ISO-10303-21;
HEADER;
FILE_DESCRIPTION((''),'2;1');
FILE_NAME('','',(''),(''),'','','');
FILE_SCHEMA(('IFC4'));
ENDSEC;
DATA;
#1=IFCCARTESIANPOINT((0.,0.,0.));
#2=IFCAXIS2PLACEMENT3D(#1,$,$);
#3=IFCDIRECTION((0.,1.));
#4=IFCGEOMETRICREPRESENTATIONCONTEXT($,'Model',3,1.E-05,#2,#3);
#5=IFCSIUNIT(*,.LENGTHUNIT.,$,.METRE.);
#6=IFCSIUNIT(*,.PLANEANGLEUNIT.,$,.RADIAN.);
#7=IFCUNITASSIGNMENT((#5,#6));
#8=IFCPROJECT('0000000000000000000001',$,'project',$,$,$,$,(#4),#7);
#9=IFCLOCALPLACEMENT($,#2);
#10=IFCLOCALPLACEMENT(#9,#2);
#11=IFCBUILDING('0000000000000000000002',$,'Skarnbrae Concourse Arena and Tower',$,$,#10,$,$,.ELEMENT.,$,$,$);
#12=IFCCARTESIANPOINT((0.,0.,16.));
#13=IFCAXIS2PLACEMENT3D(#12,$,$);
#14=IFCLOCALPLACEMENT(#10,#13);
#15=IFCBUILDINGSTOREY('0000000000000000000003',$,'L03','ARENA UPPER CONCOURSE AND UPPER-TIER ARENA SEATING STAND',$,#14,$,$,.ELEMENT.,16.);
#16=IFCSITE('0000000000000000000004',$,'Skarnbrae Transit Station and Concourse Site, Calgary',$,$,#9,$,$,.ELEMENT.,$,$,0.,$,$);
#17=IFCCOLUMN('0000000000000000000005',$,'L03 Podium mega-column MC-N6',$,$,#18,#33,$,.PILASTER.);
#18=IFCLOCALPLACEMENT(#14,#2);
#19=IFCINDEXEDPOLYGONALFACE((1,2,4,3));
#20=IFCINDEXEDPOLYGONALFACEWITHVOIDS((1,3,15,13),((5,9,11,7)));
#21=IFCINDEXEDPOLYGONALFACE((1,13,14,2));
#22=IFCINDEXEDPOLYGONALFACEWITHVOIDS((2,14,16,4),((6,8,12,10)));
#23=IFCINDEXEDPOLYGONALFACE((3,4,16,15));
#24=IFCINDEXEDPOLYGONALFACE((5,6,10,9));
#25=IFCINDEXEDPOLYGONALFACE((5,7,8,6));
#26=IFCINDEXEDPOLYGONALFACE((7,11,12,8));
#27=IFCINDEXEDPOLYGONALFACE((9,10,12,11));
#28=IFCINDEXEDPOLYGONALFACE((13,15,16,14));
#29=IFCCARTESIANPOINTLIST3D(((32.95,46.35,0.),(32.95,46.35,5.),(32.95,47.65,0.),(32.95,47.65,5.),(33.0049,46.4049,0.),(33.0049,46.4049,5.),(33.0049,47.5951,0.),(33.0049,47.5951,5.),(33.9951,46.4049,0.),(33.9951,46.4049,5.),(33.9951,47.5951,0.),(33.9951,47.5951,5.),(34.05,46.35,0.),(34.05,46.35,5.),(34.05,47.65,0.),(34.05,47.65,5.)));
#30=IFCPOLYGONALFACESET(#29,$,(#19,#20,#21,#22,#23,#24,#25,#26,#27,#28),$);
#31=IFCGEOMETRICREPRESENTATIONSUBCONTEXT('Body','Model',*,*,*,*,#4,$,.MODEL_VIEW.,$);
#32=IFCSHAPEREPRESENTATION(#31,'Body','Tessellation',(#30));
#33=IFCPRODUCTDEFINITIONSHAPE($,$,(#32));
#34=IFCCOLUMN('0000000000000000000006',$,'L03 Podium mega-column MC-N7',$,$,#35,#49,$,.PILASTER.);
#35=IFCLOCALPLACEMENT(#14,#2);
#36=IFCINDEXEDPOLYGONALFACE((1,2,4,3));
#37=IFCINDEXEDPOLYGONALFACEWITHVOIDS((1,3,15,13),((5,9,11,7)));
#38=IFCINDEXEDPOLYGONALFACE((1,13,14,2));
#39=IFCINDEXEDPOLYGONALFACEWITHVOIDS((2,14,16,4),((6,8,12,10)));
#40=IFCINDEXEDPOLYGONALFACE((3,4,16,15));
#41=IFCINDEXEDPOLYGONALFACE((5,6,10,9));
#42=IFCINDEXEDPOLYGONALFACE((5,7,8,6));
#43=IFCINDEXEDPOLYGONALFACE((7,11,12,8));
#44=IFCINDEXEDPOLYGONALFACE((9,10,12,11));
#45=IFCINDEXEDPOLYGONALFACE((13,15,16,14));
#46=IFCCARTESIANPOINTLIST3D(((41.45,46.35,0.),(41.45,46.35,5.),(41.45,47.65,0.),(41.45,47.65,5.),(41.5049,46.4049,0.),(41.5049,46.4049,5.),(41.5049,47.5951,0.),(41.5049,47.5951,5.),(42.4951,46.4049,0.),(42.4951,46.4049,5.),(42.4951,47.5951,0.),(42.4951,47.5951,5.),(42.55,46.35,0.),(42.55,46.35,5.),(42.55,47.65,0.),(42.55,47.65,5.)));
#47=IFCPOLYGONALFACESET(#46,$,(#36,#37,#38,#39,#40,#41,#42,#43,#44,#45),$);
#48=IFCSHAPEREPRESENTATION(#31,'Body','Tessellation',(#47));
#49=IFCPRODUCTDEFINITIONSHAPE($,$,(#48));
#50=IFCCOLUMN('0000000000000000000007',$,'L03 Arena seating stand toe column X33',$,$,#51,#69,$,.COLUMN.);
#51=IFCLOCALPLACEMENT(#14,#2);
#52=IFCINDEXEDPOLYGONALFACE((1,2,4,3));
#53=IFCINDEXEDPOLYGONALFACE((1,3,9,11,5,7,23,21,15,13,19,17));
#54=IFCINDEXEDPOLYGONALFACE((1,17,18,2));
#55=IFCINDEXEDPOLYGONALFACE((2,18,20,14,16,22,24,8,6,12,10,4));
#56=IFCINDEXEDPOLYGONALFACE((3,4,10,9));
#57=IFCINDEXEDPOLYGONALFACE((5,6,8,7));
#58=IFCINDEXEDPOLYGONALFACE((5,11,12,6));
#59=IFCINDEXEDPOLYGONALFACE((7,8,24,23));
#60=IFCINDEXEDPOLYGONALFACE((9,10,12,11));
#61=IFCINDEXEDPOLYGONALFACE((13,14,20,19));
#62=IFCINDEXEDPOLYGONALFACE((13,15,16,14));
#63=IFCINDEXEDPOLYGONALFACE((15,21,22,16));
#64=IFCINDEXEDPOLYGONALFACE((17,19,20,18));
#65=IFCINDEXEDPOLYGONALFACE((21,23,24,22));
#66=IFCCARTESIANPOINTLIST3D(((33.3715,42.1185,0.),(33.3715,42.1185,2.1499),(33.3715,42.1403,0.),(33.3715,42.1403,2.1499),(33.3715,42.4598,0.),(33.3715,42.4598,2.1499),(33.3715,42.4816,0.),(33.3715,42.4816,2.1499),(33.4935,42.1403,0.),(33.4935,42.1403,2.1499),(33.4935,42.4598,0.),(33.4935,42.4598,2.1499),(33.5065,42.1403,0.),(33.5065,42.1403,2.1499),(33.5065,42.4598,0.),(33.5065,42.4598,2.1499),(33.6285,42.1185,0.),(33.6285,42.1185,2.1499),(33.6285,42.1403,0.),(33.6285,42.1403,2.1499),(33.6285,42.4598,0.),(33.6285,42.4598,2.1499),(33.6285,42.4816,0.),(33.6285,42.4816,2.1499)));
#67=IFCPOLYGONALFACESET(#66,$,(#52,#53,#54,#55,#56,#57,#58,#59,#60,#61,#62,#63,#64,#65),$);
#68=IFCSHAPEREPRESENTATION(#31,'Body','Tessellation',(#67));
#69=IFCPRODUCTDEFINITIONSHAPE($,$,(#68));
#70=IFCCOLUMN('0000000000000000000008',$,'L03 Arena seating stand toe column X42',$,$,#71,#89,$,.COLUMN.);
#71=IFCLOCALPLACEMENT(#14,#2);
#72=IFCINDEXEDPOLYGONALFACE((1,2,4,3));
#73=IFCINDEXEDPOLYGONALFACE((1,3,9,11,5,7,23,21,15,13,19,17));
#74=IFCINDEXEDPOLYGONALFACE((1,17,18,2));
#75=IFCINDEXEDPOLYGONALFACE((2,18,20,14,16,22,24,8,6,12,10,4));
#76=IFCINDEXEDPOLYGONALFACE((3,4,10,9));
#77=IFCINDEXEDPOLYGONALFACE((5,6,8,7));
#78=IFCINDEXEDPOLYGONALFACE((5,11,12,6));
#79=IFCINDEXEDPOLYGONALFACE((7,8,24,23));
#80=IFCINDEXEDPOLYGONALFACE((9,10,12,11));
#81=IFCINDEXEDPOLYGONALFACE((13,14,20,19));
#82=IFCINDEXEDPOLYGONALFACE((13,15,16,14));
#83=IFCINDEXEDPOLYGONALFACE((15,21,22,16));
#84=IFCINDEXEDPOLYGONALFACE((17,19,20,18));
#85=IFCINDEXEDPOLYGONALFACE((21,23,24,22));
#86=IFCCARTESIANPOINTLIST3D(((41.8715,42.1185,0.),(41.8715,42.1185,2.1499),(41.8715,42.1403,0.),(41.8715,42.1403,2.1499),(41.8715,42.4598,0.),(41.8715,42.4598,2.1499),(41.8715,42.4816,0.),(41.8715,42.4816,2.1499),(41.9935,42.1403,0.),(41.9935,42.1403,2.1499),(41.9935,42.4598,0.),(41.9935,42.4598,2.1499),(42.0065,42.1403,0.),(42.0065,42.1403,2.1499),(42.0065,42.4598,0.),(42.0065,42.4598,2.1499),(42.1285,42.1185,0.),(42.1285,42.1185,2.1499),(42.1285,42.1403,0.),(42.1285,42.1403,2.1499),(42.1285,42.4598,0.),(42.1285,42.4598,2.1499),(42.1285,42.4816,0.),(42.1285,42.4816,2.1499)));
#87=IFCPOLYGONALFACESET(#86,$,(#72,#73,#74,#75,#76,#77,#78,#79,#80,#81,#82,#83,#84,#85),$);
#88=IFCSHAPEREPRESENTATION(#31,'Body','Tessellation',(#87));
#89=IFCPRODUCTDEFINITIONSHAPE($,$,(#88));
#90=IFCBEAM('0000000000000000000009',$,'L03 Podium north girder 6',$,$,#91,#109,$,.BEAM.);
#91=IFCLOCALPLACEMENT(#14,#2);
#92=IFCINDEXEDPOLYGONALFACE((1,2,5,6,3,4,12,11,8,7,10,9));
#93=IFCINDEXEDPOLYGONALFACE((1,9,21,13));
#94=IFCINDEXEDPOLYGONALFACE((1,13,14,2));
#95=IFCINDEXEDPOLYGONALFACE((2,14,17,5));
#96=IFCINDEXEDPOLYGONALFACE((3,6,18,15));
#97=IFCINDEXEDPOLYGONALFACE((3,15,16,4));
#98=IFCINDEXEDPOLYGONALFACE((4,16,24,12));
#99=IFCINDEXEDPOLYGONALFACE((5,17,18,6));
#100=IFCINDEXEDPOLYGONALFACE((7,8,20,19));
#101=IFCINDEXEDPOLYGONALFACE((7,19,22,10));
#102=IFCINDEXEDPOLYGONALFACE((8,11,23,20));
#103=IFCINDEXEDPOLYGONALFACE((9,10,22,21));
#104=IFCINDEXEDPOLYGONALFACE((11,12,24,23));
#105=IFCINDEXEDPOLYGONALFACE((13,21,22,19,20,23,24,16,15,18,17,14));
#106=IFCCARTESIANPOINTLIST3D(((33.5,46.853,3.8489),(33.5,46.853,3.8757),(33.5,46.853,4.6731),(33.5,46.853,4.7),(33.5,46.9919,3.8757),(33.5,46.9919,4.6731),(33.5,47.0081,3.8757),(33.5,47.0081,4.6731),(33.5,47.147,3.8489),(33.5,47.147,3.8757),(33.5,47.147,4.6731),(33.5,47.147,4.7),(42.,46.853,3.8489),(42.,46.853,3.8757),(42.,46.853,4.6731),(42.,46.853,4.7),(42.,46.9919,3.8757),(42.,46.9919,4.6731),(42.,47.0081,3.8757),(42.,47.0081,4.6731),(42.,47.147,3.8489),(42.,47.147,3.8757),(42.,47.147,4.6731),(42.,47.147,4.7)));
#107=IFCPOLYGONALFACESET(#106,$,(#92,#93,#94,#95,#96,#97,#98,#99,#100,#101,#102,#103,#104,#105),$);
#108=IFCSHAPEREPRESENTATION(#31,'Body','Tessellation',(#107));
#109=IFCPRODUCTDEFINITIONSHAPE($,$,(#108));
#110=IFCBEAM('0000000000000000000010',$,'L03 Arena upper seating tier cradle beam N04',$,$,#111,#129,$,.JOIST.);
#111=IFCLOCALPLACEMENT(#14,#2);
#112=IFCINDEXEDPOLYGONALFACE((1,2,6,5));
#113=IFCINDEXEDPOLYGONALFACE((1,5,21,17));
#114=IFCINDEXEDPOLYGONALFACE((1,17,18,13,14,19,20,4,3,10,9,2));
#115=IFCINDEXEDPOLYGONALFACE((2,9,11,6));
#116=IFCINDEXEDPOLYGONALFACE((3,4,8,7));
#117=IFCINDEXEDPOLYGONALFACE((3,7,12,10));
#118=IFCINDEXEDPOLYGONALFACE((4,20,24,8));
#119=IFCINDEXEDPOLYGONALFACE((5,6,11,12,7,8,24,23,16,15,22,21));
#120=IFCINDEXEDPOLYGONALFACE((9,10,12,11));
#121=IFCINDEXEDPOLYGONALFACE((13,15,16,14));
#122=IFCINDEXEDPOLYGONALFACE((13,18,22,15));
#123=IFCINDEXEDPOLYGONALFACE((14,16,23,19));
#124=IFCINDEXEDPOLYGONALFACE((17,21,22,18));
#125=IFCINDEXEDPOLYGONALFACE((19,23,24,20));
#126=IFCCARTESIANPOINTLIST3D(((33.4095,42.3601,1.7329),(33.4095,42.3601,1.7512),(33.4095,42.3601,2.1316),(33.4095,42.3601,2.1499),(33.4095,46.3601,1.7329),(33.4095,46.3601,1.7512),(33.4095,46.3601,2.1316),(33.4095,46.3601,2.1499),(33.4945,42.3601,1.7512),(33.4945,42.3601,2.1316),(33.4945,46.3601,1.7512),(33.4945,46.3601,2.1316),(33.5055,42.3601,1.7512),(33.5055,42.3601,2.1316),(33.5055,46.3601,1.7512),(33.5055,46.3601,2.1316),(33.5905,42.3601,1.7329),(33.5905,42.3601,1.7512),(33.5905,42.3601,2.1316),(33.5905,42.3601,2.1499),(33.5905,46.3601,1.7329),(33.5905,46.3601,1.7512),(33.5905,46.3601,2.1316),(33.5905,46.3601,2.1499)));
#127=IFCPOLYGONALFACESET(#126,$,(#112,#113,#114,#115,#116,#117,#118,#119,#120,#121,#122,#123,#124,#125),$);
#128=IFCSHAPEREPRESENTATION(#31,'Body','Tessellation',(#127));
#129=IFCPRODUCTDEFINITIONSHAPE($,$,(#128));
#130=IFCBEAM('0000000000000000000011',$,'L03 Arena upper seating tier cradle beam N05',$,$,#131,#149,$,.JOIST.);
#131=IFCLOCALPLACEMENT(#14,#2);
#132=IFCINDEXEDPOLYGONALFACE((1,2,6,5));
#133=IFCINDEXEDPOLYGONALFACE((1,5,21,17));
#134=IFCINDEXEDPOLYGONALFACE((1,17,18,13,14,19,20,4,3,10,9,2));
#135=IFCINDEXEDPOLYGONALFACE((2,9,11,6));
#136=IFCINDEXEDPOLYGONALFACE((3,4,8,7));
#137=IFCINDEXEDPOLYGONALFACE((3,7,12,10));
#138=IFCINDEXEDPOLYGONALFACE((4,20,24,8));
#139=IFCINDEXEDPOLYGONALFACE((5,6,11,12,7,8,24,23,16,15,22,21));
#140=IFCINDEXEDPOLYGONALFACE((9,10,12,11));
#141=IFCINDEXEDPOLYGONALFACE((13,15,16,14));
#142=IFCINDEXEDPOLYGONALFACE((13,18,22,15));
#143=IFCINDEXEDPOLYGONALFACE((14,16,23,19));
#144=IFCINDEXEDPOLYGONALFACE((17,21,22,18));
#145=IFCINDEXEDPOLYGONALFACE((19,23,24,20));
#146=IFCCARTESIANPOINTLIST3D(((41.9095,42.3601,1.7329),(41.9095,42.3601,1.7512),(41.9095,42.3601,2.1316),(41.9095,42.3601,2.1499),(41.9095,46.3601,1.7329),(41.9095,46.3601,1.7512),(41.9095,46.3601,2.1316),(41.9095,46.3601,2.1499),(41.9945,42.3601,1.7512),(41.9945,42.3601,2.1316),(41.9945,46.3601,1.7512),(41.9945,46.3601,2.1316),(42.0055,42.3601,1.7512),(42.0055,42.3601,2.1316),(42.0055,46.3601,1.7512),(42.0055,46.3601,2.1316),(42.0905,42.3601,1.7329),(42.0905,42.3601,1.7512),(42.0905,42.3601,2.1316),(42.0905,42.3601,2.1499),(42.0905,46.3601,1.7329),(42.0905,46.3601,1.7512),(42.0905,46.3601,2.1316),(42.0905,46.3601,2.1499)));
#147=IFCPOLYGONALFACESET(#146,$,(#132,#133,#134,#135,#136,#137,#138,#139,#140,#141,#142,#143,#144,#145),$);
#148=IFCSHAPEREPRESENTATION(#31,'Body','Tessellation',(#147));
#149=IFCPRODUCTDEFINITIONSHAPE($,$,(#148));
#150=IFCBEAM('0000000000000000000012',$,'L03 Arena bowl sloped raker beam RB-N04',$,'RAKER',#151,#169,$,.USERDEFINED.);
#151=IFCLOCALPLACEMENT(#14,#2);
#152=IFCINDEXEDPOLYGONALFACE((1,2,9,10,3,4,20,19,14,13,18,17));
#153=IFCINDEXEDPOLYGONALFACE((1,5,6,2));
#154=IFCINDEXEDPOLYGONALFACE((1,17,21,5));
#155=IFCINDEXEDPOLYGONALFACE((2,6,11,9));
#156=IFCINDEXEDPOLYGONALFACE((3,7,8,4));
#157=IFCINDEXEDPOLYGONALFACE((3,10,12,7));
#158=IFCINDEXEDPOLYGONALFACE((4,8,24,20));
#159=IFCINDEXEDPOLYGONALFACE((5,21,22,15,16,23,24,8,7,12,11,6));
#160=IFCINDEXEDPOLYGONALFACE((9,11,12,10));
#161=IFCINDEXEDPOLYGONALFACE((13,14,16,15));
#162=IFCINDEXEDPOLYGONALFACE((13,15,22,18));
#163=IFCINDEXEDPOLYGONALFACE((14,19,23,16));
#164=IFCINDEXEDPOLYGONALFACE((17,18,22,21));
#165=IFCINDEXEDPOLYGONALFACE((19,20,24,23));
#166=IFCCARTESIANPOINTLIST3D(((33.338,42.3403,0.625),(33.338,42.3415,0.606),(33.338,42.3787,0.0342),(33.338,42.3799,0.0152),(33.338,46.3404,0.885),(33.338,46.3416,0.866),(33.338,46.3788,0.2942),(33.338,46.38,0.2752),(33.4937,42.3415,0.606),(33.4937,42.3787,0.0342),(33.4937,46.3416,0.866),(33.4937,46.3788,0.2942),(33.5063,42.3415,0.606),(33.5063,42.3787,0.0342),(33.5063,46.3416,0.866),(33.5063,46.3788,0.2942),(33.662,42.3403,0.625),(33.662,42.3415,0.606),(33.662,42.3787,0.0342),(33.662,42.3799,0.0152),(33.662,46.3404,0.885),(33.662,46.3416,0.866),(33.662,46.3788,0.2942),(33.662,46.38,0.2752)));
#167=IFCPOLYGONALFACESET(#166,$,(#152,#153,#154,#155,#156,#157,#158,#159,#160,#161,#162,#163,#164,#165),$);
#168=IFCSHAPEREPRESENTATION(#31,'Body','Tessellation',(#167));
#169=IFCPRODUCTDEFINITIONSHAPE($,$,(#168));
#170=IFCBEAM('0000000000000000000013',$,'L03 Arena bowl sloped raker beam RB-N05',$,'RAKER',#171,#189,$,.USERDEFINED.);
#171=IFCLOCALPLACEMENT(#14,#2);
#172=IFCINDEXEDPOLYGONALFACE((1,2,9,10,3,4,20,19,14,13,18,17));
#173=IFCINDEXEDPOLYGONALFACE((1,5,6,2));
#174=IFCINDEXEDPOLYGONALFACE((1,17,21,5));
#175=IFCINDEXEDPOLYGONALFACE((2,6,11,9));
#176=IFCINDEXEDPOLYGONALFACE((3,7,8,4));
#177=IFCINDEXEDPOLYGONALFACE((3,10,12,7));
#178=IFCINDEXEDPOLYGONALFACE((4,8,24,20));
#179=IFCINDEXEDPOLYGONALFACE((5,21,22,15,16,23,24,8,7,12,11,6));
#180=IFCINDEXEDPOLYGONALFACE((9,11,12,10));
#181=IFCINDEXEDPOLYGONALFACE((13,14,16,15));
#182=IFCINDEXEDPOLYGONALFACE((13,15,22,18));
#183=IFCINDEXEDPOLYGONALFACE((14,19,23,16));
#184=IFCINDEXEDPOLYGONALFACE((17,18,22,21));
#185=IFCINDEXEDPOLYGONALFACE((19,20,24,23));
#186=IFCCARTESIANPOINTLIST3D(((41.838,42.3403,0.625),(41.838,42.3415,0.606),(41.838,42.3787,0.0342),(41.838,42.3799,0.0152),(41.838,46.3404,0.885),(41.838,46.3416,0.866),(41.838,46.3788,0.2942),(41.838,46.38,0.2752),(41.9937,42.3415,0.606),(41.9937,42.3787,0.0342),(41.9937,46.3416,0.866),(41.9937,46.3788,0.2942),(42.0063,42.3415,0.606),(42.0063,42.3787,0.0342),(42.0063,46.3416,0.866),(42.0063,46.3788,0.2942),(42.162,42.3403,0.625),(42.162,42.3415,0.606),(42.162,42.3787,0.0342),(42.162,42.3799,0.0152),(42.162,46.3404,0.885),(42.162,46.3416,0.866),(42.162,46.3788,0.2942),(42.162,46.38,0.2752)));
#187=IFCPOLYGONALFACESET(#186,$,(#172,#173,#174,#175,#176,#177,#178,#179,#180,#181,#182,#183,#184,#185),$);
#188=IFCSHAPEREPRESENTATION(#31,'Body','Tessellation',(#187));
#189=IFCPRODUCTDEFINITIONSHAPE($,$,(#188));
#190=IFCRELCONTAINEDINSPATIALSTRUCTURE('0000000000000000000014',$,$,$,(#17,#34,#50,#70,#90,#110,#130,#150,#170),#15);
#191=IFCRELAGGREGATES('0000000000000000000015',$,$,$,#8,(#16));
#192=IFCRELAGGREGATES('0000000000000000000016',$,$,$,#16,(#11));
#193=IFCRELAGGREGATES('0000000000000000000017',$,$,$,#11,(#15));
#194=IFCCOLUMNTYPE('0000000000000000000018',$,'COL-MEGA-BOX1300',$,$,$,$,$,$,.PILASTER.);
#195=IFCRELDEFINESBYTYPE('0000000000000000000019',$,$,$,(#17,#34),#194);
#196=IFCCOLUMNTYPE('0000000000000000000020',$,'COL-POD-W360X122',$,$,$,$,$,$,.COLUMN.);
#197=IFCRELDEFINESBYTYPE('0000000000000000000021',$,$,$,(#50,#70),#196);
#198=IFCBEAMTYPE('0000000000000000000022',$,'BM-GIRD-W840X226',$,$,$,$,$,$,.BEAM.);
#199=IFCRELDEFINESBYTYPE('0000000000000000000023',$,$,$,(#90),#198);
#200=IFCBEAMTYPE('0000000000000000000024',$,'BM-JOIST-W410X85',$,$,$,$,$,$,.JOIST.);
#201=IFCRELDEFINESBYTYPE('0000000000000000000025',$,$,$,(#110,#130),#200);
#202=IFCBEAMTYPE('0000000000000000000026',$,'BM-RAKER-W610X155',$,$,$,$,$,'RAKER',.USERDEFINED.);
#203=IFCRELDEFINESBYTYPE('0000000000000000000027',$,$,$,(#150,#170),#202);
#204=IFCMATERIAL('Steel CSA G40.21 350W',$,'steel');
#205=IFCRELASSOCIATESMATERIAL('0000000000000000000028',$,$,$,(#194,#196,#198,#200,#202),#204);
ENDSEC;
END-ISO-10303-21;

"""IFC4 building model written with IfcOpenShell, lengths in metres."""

from ifc_helpers import new_model, si_unit, direction, frame, origin, origin_2d, place, context, subcontext, project, spatial, hollow_rectangle, i_section, extrude, source, transform, mapped, material, material_profile, profile_set, type_object, element, save


model = new_model("IFC4")

# Units and contexts
model_context = context("Model", 3, precision=1e-05, world=origin(), true_north=direction((0.0, 1.0)))
body_context = subcontext(model_context, "Body", "Model", "MODEL_VIEW")
ifc_project = project(units=[si_unit("LENGTHUNIT", "METRE"), si_unit("PLANEANGLEUNIT", "RADIAN")], contexts=[model_context])

# Site, building, storey
site_placement = place(None, origin())
site = spatial("IfcSite", under=ifc_project, at=site_placement, Name="Skarnbrae Transit Station and Concourse Site, Calgary", CompositionType="ELEMENT", RefElevation=0.0)
building_placement = place(site_placement, origin())
building = spatial("IfcBuilding", under=site, at=building_placement, Name="Skarnbrae Concourse Arena and Tower", CompositionType="ELEMENT")
storey_placement = place(building_placement, frame((0.0, 0.0, 16.0)))
storey = spatial("IfcBuildingStorey", under=building, at=storey_placement, Name="L03", Description="ARENA UPPER CONCOURSE AND UPPER-TIER ARENA SEATING STAND", CompositionType="ELEMENT", Elevation=16.0)

# Columns
ifc_material_1 = material(Name="Steel CSA G40.21 350W", Category="steel")
ifc_material_profile_1 = material_profile(ifc_material_1, hollow_rectangle(XDim=1.1001, YDim=1.3, WallThickness=0.0549, at=origin_2d()), Name="BOX1300X1100X55")
ifc_profile_set_1 = profile_set([ifc_material_profile_1], Name="Steel CSA G40.21 350W")
column_type_1 = type_object("IfcColumnType", Name="COL-MEGA-BOX1300", PredefinedType="PILASTER", material=ifc_profile_set_1)
shared_shape_1 = source(origin(), body_context, "Body", "SweptSolid", [
    extrude(hollow_rectangle(XDim=1.1001, YDim=1.3, WallThickness=0.0549, at=origin_2d()), origin(), (0.0, 0.0, 1.0), 5.0),
])
for number, where, z_axis, x_axis, name in (
    (1, (33.5, 47.0, 0.0), (0.0, 0.0, 1.0), (1.0, 0.0, 0.0), "L03 Podium mega-column MC-N6"),
    (2, (42.0, 47.0, 0.0), (0.0, 0.0, 1.0), (1.0, 0.0, 0.0), "L03 Podium mega-column MC-N7"),
):
    element("IfcColumn", number, at=place(storey_placement, frame(where, z_axis=z_axis, x_axis=x_axis)), inside=storey, type_object=column_type_1, Name=name, PredefinedType="PILASTER", context=body_context, shape_type="MappedRepresentation", body=[
        mapped(shared_shape_1, transform((0.0, 0.0, 0.0))),
    ])
ifc_material_profile_2 = material_profile(ifc_material_1, i_section(OverallWidth=0.2571, OverallDepth=0.363, WebThickness=0.0129, FlangeThickness=0.0217, at=origin_2d()), Name="W360X122")
ifc_profile_set_2 = profile_set([ifc_material_profile_2], Name="Steel CSA G40.21 350W")
column_type_2 = type_object("IfcColumnType", Name="COL-POD-W360X122", PredefinedType="COLUMN", material=ifc_profile_set_2)
shared_shape_2 = source(origin(), body_context, "Body", "SweptSolid", [
    extrude(i_section(OverallWidth=0.2571, OverallDepth=0.363, WebThickness=0.0129, FlangeThickness=0.0217, at=origin_2d()), origin(), (0.0, 0.0, 1.0), 2.1499),
])
for number, where, z_axis, x_axis, name in (
    (3, (33.5, 42.3, 0.0), (0.0, 0.0, 1.0), (1.0, 0.0, 0.0), "L03 Arena seating stand toe column X33"),
    (4, (42.0, 42.3, 0.0), (0.0, 0.0, 1.0), (1.0, 0.0, 0.0), "L03 Arena seating stand toe column X42"),
):
    element("IfcColumn", number, at=place(storey_placement, frame(where, z_axis=z_axis, x_axis=x_axis)), inside=storey, type_object=column_type_2, Name=name, PredefinedType="COLUMN", context=body_context, shape_type="MappedRepresentation", body=[
        mapped(shared_shape_2, transform((0.0, 0.0, 0.0))),
    ])

# Beams
ifc_material_profile_3 = material_profile(ifc_material_1, i_section(OverallWidth=0.2939, OverallDepth=0.8511, WebThickness=0.0161, FlangeThickness=0.0269, at=origin_2d()), Name="W840X226")
ifc_profile_set_3 = profile_set([ifc_material_profile_3], Name="Steel CSA G40.21 350W")
beam_type_1 = type_object("IfcBeamType", Name="BM-GIRD-W840X226", PredefinedType="BEAM", material=ifc_profile_set_3)
shared_shape_3 = source(origin(), body_context, "Body", "SweptSolid", [
    extrude(i_section(OverallWidth=0.2939, OverallDepth=0.8511, WebThickness=0.0161, FlangeThickness=0.0269, at=origin_2d()), origin(), (0.0, 0.0, 1.0), 8.5),
])
beam_placement = place(storey_placement, frame((33.5, 47.0, 4.2744), z_axis=(1.0, 0.0, 0.0), x_axis=(0.0, 1.0, 0.0)))
element("IfcBeam", 5, at=beam_placement, inside=storey, type_object=beam_type_1, Name="L03 Podium north girder 6", PredefinedType="BEAM", context=body_context, shape_type="MappedRepresentation", body=[
    mapped(shared_shape_3, transform((0.0, 0.0, 0.0))),
])
ifc_material_profile_4 = material_profile(ifc_material_1, i_section(OverallWidth=0.1809, OverallDepth=0.417, WebThickness=0.011, FlangeThickness=0.0183, at=origin_2d()), Name="W410X85")
ifc_profile_set_4 = profile_set([ifc_material_profile_4], Name="Steel CSA G40.21 350W")
beam_type_2 = type_object("IfcBeamType", Name="BM-JOIST-W410X85", PredefinedType="JOIST", material=ifc_profile_set_4)
shared_shape_4 = source(origin(), body_context, "Body", "SweptSolid", [
    extrude(i_section(OverallWidth=0.1809, OverallDepth=0.417, WebThickness=0.011, FlangeThickness=0.0183, at=origin_2d()), origin(), (0.0, 0.0, 1.0), 4.0),
])
for number, where, z_axis, x_axis, name in (
    (6, (33.5, 42.3601, 1.9414), (0.0, 1.0, 0.0), (-1.0, 0.0, 0.0), "L03 Arena upper seating tier cradle beam N04"),
    (7, (42.0, 42.3601, 1.9414), (0.0, 1.0, 0.0), (-1.0, 0.0, 0.0), "L03 Arena upper seating tier cradle beam N05"),
):
    element("IfcBeam", number, at=place(storey_placement, frame(where, z_axis=z_axis, x_axis=x_axis)), inside=storey, type_object=beam_type_2, Name=name, PredefinedType="JOIST", context=body_context, shape_type="MappedRepresentation", body=[
        mapped(shared_shape_4, transform((0.0, 0.0, 0.0))),
    ])
ifc_material_profile_5 = material_profile(ifc_material_1, i_section(OverallWidth=0.324, OverallDepth=0.6111, WebThickness=0.0127, FlangeThickness=0.019, at=origin_2d()), Name="W610X155")
ifc_profile_set_5 = profile_set([ifc_material_profile_5], Name="Steel CSA G40.21 350W")
beam_type_3 = type_object("IfcBeamType", Name="BM-RAKER-W610X155", ElementType="RAKER", PredefinedType="USERDEFINED", material=ifc_profile_set_5)
shared_shape_5 = source(origin(), body_context, "Body", "SweptSolid", [
    extrude(i_section(OverallWidth=0.324, OverallDepth=0.6111, WebThickness=0.0127, FlangeThickness=0.019, at=origin_2d()), origin(), (0.0, 0.0, 1.0), 4.0085),
])
for number, where, z_axis, x_axis, name in (
    (8, (33.5, 42.3601, 0.3201), (0.0, 0.997894, 0.064866), (-1.0, 0.0, 0.0), "L03 Arena bowl sloped raker beam RB-N04"),
    (9, (42.0, 42.3601, 0.3201), (0.0, 0.997894, 0.064866), (-1.0, 0.0, 0.0), "L03 Arena bowl sloped raker beam RB-N05"),
):
    element("IfcBeam", number, at=place(storey_placement, frame(where, z_axis=z_axis, x_axis=x_axis)), inside=storey, type_object=beam_type_3, Name=name, ObjectType="RAKER", PredefinedType="USERDEFINED", context=body_context, shape_type="MappedRepresentation", body=[
        mapped(shared_shape_5, transform((0.0, 0.0, 0.0))),
    ])

save(model, "model.ifc")
